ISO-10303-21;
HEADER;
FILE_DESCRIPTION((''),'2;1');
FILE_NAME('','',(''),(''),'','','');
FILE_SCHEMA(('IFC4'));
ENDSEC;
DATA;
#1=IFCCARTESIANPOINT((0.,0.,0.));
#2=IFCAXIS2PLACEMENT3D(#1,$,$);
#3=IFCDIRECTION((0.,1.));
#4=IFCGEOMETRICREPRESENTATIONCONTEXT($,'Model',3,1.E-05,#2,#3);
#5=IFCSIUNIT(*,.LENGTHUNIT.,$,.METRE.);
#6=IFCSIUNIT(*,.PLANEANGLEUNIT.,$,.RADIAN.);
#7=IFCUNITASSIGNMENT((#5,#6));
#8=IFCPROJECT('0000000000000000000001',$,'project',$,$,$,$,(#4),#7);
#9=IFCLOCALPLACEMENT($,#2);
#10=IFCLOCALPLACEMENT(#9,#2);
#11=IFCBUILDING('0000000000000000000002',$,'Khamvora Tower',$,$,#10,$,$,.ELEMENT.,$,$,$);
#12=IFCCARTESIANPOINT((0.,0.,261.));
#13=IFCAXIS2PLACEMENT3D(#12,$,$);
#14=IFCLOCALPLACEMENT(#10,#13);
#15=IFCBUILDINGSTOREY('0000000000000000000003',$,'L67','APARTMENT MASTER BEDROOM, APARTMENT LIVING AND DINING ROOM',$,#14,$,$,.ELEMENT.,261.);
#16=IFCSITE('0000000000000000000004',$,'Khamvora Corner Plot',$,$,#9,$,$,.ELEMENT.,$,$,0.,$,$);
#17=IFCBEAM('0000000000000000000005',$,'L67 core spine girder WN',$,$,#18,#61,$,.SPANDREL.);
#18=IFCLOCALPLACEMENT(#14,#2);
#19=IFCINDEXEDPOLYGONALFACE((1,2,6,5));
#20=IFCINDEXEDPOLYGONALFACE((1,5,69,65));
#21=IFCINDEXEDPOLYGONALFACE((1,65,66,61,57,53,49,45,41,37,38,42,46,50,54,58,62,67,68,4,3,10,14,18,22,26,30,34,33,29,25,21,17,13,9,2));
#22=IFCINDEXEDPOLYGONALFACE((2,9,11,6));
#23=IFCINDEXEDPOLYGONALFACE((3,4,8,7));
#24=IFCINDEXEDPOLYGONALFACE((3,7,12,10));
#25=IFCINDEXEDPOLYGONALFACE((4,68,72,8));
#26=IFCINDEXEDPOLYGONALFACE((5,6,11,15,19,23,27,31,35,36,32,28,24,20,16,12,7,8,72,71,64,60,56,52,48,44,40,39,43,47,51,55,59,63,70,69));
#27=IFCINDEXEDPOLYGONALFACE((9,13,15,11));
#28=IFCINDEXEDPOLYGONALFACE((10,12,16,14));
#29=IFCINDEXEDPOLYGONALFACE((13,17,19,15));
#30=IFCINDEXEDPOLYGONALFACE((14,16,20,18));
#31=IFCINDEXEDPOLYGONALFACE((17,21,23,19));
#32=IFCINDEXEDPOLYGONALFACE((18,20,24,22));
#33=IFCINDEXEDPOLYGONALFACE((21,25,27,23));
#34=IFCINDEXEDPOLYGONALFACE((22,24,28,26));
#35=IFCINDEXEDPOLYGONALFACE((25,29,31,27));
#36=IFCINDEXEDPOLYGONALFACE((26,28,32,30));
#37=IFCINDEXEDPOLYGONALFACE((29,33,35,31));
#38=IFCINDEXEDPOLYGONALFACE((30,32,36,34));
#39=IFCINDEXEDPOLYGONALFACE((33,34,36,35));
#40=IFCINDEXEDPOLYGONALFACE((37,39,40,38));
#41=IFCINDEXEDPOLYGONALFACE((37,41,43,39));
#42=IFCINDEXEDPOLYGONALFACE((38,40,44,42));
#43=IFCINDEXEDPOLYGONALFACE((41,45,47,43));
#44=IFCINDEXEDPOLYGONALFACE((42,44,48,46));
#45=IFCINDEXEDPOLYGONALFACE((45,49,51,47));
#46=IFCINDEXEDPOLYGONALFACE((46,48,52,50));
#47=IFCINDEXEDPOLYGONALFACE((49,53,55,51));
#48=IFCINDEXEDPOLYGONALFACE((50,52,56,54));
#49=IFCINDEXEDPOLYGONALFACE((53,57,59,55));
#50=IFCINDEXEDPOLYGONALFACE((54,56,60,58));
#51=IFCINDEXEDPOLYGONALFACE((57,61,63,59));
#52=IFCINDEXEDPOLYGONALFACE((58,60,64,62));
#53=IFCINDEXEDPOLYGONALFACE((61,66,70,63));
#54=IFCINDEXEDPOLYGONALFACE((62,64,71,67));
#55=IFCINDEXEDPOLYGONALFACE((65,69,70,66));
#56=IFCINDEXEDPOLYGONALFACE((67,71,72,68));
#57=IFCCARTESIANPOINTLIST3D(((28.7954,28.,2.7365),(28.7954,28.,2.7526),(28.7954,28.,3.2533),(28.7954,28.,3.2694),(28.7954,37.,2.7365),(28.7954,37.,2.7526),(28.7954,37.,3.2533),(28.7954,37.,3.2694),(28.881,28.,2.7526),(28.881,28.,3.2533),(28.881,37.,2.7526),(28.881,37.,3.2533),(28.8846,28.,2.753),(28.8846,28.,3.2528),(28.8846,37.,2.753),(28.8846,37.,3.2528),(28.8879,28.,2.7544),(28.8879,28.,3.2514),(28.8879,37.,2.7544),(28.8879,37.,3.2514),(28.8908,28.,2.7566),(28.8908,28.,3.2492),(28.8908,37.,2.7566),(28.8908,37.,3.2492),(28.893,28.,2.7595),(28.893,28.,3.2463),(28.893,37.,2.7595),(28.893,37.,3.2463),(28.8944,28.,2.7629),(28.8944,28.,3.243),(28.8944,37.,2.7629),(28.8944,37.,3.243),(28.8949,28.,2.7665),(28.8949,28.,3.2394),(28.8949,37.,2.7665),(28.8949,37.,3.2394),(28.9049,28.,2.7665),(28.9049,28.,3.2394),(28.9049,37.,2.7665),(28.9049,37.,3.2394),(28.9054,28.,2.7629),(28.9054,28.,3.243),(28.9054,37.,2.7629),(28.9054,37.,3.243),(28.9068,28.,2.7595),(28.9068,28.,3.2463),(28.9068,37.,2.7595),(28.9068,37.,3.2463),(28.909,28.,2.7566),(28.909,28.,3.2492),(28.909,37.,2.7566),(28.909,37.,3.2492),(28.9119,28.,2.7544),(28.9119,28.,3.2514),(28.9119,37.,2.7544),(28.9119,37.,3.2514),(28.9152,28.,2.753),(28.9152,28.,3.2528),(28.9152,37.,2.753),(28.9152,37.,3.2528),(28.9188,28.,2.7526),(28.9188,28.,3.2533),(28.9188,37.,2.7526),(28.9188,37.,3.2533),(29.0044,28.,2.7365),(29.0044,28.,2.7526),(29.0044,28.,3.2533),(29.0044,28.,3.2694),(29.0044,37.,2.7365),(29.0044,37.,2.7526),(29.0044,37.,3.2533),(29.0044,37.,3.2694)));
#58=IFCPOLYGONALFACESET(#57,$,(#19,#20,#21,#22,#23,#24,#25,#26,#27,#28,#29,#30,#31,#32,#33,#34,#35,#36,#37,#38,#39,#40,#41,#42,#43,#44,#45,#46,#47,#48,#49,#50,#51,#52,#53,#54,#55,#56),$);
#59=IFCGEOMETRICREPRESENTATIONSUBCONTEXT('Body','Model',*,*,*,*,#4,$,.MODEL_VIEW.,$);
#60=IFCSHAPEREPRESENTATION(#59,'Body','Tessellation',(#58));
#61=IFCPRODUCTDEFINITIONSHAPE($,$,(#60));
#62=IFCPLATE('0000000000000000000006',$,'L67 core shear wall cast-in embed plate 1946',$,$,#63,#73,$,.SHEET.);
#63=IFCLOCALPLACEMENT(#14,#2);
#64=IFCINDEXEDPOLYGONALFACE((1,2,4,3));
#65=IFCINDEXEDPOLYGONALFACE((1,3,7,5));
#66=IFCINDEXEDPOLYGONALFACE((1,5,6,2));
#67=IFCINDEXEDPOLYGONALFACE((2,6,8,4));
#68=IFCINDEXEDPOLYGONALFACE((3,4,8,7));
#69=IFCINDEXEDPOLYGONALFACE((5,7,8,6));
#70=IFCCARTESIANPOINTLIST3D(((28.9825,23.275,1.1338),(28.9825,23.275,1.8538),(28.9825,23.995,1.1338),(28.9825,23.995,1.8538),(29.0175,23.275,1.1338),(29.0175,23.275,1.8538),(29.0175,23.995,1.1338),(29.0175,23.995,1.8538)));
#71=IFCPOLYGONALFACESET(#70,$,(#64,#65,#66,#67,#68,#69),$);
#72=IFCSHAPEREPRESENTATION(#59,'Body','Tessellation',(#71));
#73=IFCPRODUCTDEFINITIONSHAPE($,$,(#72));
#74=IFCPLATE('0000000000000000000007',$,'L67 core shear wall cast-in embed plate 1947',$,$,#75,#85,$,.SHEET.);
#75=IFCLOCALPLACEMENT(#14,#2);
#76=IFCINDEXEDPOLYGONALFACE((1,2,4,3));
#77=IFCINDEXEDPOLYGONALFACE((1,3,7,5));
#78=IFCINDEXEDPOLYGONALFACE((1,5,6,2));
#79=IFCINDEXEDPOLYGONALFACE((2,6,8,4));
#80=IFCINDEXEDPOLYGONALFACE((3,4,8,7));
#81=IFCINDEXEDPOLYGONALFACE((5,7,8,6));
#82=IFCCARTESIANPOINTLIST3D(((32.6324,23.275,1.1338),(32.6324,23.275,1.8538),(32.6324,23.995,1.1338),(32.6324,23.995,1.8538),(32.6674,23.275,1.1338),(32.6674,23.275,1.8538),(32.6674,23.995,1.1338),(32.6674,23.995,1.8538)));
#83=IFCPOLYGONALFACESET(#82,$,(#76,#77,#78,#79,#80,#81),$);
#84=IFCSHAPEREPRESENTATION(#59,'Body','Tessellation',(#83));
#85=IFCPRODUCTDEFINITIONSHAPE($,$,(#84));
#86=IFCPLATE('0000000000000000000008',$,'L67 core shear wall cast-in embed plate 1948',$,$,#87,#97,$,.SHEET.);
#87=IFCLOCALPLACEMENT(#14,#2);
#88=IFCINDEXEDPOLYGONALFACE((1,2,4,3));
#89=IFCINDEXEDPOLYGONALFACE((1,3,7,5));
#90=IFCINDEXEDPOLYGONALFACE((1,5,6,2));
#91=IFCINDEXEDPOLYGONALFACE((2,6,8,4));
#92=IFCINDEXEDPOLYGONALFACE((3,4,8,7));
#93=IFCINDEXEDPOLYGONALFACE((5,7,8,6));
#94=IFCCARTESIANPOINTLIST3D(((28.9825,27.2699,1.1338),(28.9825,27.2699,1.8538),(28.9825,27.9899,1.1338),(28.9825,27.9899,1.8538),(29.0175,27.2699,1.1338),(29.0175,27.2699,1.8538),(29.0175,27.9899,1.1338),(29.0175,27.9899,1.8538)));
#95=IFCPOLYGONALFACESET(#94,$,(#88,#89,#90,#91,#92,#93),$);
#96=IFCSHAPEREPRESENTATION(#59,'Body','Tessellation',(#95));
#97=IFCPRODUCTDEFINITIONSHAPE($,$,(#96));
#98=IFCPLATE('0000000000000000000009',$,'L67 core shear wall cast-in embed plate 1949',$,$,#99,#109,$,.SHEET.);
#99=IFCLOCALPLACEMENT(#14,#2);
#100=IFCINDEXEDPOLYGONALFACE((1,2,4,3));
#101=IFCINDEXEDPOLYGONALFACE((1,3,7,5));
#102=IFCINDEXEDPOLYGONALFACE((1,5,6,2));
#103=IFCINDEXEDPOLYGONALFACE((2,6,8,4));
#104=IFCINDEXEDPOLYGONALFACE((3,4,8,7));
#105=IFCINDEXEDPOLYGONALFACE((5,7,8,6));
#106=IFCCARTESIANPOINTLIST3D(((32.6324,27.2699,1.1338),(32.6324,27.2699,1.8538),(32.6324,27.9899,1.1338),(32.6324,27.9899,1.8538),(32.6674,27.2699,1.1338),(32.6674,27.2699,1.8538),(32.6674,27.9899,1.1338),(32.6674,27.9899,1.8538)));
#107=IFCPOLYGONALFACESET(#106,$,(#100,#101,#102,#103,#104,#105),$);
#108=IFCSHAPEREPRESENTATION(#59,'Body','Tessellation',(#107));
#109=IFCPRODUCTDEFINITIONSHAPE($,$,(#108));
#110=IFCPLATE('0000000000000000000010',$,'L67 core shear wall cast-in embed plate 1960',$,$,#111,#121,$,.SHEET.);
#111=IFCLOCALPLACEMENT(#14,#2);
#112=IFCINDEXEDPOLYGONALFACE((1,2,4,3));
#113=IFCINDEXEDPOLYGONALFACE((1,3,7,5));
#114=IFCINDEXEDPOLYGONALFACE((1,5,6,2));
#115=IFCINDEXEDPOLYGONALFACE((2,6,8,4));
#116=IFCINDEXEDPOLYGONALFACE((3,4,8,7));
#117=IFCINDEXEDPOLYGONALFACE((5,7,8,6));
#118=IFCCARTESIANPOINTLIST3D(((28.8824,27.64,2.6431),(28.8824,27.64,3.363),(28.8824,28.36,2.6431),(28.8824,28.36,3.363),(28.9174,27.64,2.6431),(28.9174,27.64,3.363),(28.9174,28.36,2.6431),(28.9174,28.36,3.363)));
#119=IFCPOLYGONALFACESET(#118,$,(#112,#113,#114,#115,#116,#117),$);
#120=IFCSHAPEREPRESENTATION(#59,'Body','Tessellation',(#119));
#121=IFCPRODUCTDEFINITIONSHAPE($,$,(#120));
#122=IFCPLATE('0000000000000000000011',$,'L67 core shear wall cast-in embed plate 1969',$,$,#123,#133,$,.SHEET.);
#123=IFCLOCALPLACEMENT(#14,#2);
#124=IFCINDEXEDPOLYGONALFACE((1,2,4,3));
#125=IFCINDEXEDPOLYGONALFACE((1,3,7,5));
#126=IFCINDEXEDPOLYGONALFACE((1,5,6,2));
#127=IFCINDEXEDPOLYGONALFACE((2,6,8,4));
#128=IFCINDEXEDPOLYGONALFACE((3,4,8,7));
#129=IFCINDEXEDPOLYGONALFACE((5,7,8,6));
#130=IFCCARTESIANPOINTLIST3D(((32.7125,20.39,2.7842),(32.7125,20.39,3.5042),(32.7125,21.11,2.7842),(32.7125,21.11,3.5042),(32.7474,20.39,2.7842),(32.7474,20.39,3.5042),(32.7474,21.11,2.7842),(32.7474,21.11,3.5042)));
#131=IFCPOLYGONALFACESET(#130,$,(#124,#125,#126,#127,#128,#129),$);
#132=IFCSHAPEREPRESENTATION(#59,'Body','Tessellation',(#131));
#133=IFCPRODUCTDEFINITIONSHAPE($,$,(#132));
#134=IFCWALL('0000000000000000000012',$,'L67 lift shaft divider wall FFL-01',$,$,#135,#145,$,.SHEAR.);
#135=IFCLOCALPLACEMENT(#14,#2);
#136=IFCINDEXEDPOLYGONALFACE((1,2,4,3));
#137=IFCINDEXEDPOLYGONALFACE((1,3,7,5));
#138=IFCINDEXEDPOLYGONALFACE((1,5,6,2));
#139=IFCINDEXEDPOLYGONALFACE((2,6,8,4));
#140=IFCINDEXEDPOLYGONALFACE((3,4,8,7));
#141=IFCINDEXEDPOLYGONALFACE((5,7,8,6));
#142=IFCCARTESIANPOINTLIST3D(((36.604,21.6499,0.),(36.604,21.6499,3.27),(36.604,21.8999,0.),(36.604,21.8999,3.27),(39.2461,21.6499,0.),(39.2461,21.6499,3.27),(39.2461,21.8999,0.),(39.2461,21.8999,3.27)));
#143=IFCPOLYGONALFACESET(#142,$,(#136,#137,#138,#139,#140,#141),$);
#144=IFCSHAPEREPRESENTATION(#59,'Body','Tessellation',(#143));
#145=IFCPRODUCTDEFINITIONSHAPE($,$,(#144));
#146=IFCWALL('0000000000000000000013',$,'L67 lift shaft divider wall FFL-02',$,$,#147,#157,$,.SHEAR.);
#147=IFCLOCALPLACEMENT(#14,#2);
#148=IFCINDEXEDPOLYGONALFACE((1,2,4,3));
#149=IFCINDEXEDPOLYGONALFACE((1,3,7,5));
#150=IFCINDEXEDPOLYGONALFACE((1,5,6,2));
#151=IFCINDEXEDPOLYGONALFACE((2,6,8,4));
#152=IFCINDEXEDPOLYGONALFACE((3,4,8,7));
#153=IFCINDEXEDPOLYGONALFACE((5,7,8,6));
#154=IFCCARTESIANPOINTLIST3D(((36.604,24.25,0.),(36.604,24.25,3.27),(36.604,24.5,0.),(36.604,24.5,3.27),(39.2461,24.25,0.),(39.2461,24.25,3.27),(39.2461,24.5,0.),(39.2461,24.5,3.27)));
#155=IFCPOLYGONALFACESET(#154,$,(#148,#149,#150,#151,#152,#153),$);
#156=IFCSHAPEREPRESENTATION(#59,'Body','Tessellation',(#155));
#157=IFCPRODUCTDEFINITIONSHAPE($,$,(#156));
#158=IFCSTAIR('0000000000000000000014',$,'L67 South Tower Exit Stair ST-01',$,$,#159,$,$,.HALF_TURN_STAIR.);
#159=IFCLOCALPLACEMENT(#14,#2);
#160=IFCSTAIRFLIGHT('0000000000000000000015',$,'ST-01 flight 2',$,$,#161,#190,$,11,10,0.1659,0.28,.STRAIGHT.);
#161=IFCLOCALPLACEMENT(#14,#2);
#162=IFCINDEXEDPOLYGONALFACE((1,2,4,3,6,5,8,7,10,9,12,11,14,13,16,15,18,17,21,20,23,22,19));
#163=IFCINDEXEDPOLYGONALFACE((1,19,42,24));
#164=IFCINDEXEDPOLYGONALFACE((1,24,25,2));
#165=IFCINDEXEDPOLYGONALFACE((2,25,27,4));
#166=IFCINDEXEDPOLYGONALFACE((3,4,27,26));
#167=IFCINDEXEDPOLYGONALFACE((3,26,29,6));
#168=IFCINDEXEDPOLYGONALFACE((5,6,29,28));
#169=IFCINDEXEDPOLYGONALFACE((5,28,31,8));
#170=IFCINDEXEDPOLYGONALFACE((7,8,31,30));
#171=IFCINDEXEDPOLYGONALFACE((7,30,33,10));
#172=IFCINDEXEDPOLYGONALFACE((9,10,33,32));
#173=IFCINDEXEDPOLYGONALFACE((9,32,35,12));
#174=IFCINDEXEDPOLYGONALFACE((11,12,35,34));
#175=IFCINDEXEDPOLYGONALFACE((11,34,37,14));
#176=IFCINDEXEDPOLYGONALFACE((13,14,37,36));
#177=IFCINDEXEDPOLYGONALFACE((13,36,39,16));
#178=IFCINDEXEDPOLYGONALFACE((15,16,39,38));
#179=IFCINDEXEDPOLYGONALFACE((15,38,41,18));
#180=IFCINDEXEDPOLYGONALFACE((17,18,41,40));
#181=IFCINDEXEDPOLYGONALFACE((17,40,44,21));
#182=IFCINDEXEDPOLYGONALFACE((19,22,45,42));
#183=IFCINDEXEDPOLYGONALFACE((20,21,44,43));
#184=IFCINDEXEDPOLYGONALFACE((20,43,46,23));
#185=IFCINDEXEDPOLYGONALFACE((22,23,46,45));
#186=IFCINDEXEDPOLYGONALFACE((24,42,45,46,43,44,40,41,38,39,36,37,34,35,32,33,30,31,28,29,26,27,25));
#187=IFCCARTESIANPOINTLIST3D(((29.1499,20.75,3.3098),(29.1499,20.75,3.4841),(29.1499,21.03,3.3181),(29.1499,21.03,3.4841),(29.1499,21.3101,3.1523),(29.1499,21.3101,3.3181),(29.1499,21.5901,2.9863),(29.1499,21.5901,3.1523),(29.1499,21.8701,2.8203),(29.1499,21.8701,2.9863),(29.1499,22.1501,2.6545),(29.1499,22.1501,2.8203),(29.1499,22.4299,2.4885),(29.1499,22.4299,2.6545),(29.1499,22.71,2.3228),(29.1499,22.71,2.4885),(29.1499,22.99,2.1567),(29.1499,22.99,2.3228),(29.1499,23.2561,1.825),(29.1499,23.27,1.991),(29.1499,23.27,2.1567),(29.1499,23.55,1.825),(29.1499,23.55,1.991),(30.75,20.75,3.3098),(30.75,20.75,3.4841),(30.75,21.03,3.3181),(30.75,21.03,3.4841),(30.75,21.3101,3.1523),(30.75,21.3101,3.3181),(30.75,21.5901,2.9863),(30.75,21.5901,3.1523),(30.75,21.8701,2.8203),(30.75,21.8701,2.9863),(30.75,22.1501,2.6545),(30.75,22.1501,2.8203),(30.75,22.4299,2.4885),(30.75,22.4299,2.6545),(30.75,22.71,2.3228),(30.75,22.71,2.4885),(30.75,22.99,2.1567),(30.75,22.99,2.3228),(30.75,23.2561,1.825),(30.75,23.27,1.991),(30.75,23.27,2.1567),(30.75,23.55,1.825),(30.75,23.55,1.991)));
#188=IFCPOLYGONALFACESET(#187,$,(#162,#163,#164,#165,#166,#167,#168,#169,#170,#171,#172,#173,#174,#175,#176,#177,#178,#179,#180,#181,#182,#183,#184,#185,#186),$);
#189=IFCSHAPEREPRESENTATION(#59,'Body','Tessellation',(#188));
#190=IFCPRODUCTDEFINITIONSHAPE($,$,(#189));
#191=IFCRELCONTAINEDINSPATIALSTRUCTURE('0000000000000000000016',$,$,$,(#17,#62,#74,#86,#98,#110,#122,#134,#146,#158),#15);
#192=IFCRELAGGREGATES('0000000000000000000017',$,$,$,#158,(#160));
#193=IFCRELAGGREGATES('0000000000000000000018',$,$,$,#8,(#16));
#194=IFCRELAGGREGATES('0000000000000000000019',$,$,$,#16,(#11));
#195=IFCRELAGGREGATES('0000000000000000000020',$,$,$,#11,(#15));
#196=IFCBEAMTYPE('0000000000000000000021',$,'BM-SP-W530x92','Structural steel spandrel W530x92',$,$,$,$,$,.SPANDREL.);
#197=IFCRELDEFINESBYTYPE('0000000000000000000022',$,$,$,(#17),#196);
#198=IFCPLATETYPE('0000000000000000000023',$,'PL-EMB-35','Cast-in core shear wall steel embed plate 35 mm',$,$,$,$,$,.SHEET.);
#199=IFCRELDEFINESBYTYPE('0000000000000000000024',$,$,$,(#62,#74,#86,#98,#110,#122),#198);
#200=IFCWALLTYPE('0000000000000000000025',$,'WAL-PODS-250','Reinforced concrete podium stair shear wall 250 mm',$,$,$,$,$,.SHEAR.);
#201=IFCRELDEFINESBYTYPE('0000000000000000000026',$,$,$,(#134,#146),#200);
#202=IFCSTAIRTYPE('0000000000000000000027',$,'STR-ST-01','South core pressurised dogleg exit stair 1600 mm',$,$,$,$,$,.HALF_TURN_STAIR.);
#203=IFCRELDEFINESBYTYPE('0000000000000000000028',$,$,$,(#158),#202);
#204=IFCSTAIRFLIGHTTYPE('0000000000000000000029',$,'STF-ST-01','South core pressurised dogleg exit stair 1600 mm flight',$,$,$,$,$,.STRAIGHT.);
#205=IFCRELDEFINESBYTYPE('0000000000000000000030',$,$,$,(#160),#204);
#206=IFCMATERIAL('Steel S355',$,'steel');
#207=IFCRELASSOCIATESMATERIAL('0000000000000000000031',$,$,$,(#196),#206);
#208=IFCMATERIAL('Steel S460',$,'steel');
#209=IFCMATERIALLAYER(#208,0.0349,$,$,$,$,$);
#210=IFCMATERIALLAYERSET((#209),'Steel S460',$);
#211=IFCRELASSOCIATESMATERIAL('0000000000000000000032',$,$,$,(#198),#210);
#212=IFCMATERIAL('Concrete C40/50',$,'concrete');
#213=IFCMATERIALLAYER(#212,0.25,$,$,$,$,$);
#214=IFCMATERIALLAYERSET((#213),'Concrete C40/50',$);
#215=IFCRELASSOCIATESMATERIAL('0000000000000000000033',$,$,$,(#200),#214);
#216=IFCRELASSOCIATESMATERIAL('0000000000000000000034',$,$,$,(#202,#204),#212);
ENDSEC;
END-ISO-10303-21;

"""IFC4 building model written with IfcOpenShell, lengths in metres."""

from ifc_helpers import new_model, si_unit, direction, frame, frame_2d, origin, origin_2d, place, context, subcontext, project, spatial, polyline, rectangle, i_section, outline, extrude, material, layer, layer_set, material_profile, profile_set, type_object, element, aggregate, save


model = new_model("IFC4")

# Units and contexts
model_context = context("Model", 3, precision=1e-05, world=origin(), true_north=direction((0.0, 1.0)))
body_context = subcontext(model_context, "Body", "Model", "MODEL_VIEW")
ifc_project = project(units=[si_unit("LENGTHUNIT", "METRE"), si_unit("PLANEANGLEUNIT", "RADIAN")], contexts=[model_context])

# Site, building, storey
site_placement = place(None, origin())
site = spatial("IfcSite", under=ifc_project, at=site_placement, Name="Khamvora Corner Plot", CompositionType="ELEMENT", RefElevation=0.0)
building_placement = place(site_placement, origin())
building = spatial("IfcBuilding", under=site, at=building_placement, Name="Khamvora Tower", CompositionType="ELEMENT")
storey_placement = place(building_placement, frame((0.0, 0.0, 261.0)))
storey = spatial("IfcBuildingStorey", under=building, at=storey_placement, Name="L67", Description="APARTMENT MASTER BEDROOM, APARTMENT LIVING AND DINING ROOM", CompositionType="ELEMENT", Elevation=261.0)

# Beam
ifc_material_1 = material(Name="Steel S355", Category="steel")
ifc_material_profile_1 = material_profile(ifc_material_1, i_section(OverallWidth=0.209, OverallDepth=0.533, WebThickness=0.01, FlangeThickness=0.0161, FilletRadius=0.0139, at=origin_2d()), Name="W530x92")
ifc_profile_set_1 = profile_set([ifc_material_profile_1], Name="Steel S355")
beam_type_1 = type_object("IfcBeamType", Name="BM-SP-W530x92", Description="Structural steel spandrel W530x92", PredefinedType="SPANDREL", material=ifc_profile_set_1)
beam_1_placement = place(storey_placement, frame((28.8999, 28.0, 3.0029), z_axis=(0.0, 1.0, 0.0), x_axis=(-1.0, 0.0, 0.0)))
element("IfcBeam", 1, at=beam_1_placement, inside=storey, type_object=beam_type_1, Name="L67 core spine girder WN", PredefinedType="SPANDREL", context=body_context, shape_type="SweptSolid", body=[
    extrude(i_section(OverallWidth=0.209, OverallDepth=0.533, WebThickness=0.01, FlangeThickness=0.0161, FilletRadius=0.0139, at=origin_2d()), origin(), (0.0, 0.0, 1.0), 9.0),
])

# Plates
ifc_material_2 = material(Name="Steel S460", Category="steel")
ifc_layer_1 = layer(ifc_material_2, 0.0349)
ifc_layer_set_1 = layer_set([ifc_layer_1], Name="Steel S460")
plate_type = type_object("IfcPlateType", Name="PL-EMB-35", Description="Cast-in core shear wall steel embed plate 35 mm", PredefinedType="SHEET", material=ifc_layer_set_1)
for number, where, z_axis, x_axis, name in (
    (2, (29.0, 23.635, 1.1338), (0.0, 0.0, 1.0), (1.0, 0.0, 0.0), "L67 core shear wall cast-in embed plate 1946"),
    (3, (32.6499, 23.635, 1.1338), (0.0, 0.0, 1.0), (1.0, 0.0, 0.0), "L67 core shear wall cast-in embed plate 1947"),
    (4, (29.0, 27.6299, 1.1338), (0.0, 0.0, 1.0), (1.0, 0.0, 0.0), "L67 core shear wall cast-in embed plate 1948"),
    (5, (32.6499, 27.6299, 1.1338), (0.0, 0.0, 1.0), (1.0, 0.0, 0.0), "L67 core shear wall cast-in embed plate 1949"),
    (6, (28.8999, 28.0, 2.6431), (0.0, 0.0, 1.0), (1.0, 0.0, 0.0), "L67 core shear wall cast-in embed plate 1960"),
    (7, (32.73, 20.75, 2.7842), (0.0, 0.0, 1.0), (1.0, 0.0, 0.0), "L67 core shear wall cast-in embed plate 1969"),
):
    element("IfcPlate", number, at=place(storey_placement, frame(where, z_axis=z_axis, x_axis=x_axis)), inside=storey, type_object=plate_type, Name=name, PredefinedType="SHEET", context=body_context, shape_type="SweptSolid", body=[
        extrude(rectangle(XDim=0.0349, YDim=0.72, at=origin_2d()), origin(), (0.0, 0.0, 1.0), 0.72),
    ])

# Walls
ifc_material_3 = material(Name="Concrete C40/50", Category="concrete")
ifc_layer_2 = layer(ifc_material_3, 0.25)
ifc_layer_set_2 = layer_set([ifc_layer_2], Name="Concrete C40/50")
wall_type_1 = type_object("IfcWallType", Name="WAL-PODS-250", Description="Reinforced concrete podium stair shear wall 250 mm", PredefinedType="SHEAR", material=ifc_layer_set_2)
for number, where, z_axis, x_axis, name in (
    (8, (36.604, 21.7749, 0.0), (0.0, 0.0, 1.0), (1.0, 0.0, 0.0), "L67 lift shaft divider wall FFL-01"),
    (9, (36.604, 24.375, 0.0), (0.0, 0.0, 1.0), (1.0, 0.0, 0.0), "L67 lift shaft divider wall FFL-02"),
):
    element("IfcWall", number, at=place(storey_placement, frame(where, z_axis=z_axis, x_axis=x_axis)), inside=storey, type_object=wall_type_1, Name=name, PredefinedType="SHEAR", context=body_context, shape_type="SweptSolid", body=[
        extrude(rectangle(XDim=2.6421, YDim=0.25, at=frame_2d((1.321, 0.0))), origin(), (0.0, 0.0, 1.0), 3.27),
    ])

# Stair, stair flight
stair_type = type_object("IfcStairType", Name="STR-ST-01", Description="South core pressurised dogleg exit stair 1600 mm", PredefinedType="HALF_TURN_STAIR", material=ifc_material_3)
stair_placement = place(storey_placement, origin())
stair = element("IfcStair", 10, at=stair_placement, inside=storey, type_object=stair_type, Name="L67 South Tower Exit Stair ST-01", PredefinedType="HALF_TURN_STAIR")
stair_flight_type = type_object("IfcStairFlightType", Name="STF-ST-01", Description="South core pressurised dogleg exit stair 1600 mm flight", PredefinedType="STRAIGHT", material=ifc_material_3)
stair_flight_placement = place(storey_placement, frame((29.95, 23.55, 1.825), z_axis=(0.0, 0.0, 1.0), x_axis=(0.0, -1.0, 0.0)))
stair_flight = element("IfcStairFlight", 11, at=stair_flight_placement, type_object=stair_flight_type, Name="ST-01 flight 2", NumberOfRisers=11, NumberOfTreads=10, PredefinedType="STRAIGHT", RiserHeight=0.1659, TreadLength=0.28, context=body_context, shape_type="SweptSolid", body=[
    extrude(outline(polyline([(0.0, 0.0), (0.0, 0.166), (0.28, 0.166), (0.28, 0.3318), (0.5601, 0.3318), (0.5601, 0.4978), (0.8401, 0.4978), (0.8401, 0.6636), (1.1201, 0.6636), (1.1201, 0.8296), (1.3999, 0.8296), (1.3999, 0.9954), (1.6799, 0.9954), (1.6799, 1.1614), (1.96, 1.1614), (1.96, 1.3274), (2.24, 1.3274), (2.24, 1.4932), (2.52, 1.4932), (2.52, 1.6592), (2.8, 1.6592), (2.8, 1.825), (2.8, 1.4849), (0.2939, 0.0), (0.0, 0.0)])), frame((0.0, 0.8, 0.0), z_axis=(0.0, -1.0, 0.0), x_axis=(1.0, 0.0, 0.0)), (0.0, 0.0, 1.0), 1.6001),
])
aggregate(stair, [stair_flight])

save(model, "model.ifc")
